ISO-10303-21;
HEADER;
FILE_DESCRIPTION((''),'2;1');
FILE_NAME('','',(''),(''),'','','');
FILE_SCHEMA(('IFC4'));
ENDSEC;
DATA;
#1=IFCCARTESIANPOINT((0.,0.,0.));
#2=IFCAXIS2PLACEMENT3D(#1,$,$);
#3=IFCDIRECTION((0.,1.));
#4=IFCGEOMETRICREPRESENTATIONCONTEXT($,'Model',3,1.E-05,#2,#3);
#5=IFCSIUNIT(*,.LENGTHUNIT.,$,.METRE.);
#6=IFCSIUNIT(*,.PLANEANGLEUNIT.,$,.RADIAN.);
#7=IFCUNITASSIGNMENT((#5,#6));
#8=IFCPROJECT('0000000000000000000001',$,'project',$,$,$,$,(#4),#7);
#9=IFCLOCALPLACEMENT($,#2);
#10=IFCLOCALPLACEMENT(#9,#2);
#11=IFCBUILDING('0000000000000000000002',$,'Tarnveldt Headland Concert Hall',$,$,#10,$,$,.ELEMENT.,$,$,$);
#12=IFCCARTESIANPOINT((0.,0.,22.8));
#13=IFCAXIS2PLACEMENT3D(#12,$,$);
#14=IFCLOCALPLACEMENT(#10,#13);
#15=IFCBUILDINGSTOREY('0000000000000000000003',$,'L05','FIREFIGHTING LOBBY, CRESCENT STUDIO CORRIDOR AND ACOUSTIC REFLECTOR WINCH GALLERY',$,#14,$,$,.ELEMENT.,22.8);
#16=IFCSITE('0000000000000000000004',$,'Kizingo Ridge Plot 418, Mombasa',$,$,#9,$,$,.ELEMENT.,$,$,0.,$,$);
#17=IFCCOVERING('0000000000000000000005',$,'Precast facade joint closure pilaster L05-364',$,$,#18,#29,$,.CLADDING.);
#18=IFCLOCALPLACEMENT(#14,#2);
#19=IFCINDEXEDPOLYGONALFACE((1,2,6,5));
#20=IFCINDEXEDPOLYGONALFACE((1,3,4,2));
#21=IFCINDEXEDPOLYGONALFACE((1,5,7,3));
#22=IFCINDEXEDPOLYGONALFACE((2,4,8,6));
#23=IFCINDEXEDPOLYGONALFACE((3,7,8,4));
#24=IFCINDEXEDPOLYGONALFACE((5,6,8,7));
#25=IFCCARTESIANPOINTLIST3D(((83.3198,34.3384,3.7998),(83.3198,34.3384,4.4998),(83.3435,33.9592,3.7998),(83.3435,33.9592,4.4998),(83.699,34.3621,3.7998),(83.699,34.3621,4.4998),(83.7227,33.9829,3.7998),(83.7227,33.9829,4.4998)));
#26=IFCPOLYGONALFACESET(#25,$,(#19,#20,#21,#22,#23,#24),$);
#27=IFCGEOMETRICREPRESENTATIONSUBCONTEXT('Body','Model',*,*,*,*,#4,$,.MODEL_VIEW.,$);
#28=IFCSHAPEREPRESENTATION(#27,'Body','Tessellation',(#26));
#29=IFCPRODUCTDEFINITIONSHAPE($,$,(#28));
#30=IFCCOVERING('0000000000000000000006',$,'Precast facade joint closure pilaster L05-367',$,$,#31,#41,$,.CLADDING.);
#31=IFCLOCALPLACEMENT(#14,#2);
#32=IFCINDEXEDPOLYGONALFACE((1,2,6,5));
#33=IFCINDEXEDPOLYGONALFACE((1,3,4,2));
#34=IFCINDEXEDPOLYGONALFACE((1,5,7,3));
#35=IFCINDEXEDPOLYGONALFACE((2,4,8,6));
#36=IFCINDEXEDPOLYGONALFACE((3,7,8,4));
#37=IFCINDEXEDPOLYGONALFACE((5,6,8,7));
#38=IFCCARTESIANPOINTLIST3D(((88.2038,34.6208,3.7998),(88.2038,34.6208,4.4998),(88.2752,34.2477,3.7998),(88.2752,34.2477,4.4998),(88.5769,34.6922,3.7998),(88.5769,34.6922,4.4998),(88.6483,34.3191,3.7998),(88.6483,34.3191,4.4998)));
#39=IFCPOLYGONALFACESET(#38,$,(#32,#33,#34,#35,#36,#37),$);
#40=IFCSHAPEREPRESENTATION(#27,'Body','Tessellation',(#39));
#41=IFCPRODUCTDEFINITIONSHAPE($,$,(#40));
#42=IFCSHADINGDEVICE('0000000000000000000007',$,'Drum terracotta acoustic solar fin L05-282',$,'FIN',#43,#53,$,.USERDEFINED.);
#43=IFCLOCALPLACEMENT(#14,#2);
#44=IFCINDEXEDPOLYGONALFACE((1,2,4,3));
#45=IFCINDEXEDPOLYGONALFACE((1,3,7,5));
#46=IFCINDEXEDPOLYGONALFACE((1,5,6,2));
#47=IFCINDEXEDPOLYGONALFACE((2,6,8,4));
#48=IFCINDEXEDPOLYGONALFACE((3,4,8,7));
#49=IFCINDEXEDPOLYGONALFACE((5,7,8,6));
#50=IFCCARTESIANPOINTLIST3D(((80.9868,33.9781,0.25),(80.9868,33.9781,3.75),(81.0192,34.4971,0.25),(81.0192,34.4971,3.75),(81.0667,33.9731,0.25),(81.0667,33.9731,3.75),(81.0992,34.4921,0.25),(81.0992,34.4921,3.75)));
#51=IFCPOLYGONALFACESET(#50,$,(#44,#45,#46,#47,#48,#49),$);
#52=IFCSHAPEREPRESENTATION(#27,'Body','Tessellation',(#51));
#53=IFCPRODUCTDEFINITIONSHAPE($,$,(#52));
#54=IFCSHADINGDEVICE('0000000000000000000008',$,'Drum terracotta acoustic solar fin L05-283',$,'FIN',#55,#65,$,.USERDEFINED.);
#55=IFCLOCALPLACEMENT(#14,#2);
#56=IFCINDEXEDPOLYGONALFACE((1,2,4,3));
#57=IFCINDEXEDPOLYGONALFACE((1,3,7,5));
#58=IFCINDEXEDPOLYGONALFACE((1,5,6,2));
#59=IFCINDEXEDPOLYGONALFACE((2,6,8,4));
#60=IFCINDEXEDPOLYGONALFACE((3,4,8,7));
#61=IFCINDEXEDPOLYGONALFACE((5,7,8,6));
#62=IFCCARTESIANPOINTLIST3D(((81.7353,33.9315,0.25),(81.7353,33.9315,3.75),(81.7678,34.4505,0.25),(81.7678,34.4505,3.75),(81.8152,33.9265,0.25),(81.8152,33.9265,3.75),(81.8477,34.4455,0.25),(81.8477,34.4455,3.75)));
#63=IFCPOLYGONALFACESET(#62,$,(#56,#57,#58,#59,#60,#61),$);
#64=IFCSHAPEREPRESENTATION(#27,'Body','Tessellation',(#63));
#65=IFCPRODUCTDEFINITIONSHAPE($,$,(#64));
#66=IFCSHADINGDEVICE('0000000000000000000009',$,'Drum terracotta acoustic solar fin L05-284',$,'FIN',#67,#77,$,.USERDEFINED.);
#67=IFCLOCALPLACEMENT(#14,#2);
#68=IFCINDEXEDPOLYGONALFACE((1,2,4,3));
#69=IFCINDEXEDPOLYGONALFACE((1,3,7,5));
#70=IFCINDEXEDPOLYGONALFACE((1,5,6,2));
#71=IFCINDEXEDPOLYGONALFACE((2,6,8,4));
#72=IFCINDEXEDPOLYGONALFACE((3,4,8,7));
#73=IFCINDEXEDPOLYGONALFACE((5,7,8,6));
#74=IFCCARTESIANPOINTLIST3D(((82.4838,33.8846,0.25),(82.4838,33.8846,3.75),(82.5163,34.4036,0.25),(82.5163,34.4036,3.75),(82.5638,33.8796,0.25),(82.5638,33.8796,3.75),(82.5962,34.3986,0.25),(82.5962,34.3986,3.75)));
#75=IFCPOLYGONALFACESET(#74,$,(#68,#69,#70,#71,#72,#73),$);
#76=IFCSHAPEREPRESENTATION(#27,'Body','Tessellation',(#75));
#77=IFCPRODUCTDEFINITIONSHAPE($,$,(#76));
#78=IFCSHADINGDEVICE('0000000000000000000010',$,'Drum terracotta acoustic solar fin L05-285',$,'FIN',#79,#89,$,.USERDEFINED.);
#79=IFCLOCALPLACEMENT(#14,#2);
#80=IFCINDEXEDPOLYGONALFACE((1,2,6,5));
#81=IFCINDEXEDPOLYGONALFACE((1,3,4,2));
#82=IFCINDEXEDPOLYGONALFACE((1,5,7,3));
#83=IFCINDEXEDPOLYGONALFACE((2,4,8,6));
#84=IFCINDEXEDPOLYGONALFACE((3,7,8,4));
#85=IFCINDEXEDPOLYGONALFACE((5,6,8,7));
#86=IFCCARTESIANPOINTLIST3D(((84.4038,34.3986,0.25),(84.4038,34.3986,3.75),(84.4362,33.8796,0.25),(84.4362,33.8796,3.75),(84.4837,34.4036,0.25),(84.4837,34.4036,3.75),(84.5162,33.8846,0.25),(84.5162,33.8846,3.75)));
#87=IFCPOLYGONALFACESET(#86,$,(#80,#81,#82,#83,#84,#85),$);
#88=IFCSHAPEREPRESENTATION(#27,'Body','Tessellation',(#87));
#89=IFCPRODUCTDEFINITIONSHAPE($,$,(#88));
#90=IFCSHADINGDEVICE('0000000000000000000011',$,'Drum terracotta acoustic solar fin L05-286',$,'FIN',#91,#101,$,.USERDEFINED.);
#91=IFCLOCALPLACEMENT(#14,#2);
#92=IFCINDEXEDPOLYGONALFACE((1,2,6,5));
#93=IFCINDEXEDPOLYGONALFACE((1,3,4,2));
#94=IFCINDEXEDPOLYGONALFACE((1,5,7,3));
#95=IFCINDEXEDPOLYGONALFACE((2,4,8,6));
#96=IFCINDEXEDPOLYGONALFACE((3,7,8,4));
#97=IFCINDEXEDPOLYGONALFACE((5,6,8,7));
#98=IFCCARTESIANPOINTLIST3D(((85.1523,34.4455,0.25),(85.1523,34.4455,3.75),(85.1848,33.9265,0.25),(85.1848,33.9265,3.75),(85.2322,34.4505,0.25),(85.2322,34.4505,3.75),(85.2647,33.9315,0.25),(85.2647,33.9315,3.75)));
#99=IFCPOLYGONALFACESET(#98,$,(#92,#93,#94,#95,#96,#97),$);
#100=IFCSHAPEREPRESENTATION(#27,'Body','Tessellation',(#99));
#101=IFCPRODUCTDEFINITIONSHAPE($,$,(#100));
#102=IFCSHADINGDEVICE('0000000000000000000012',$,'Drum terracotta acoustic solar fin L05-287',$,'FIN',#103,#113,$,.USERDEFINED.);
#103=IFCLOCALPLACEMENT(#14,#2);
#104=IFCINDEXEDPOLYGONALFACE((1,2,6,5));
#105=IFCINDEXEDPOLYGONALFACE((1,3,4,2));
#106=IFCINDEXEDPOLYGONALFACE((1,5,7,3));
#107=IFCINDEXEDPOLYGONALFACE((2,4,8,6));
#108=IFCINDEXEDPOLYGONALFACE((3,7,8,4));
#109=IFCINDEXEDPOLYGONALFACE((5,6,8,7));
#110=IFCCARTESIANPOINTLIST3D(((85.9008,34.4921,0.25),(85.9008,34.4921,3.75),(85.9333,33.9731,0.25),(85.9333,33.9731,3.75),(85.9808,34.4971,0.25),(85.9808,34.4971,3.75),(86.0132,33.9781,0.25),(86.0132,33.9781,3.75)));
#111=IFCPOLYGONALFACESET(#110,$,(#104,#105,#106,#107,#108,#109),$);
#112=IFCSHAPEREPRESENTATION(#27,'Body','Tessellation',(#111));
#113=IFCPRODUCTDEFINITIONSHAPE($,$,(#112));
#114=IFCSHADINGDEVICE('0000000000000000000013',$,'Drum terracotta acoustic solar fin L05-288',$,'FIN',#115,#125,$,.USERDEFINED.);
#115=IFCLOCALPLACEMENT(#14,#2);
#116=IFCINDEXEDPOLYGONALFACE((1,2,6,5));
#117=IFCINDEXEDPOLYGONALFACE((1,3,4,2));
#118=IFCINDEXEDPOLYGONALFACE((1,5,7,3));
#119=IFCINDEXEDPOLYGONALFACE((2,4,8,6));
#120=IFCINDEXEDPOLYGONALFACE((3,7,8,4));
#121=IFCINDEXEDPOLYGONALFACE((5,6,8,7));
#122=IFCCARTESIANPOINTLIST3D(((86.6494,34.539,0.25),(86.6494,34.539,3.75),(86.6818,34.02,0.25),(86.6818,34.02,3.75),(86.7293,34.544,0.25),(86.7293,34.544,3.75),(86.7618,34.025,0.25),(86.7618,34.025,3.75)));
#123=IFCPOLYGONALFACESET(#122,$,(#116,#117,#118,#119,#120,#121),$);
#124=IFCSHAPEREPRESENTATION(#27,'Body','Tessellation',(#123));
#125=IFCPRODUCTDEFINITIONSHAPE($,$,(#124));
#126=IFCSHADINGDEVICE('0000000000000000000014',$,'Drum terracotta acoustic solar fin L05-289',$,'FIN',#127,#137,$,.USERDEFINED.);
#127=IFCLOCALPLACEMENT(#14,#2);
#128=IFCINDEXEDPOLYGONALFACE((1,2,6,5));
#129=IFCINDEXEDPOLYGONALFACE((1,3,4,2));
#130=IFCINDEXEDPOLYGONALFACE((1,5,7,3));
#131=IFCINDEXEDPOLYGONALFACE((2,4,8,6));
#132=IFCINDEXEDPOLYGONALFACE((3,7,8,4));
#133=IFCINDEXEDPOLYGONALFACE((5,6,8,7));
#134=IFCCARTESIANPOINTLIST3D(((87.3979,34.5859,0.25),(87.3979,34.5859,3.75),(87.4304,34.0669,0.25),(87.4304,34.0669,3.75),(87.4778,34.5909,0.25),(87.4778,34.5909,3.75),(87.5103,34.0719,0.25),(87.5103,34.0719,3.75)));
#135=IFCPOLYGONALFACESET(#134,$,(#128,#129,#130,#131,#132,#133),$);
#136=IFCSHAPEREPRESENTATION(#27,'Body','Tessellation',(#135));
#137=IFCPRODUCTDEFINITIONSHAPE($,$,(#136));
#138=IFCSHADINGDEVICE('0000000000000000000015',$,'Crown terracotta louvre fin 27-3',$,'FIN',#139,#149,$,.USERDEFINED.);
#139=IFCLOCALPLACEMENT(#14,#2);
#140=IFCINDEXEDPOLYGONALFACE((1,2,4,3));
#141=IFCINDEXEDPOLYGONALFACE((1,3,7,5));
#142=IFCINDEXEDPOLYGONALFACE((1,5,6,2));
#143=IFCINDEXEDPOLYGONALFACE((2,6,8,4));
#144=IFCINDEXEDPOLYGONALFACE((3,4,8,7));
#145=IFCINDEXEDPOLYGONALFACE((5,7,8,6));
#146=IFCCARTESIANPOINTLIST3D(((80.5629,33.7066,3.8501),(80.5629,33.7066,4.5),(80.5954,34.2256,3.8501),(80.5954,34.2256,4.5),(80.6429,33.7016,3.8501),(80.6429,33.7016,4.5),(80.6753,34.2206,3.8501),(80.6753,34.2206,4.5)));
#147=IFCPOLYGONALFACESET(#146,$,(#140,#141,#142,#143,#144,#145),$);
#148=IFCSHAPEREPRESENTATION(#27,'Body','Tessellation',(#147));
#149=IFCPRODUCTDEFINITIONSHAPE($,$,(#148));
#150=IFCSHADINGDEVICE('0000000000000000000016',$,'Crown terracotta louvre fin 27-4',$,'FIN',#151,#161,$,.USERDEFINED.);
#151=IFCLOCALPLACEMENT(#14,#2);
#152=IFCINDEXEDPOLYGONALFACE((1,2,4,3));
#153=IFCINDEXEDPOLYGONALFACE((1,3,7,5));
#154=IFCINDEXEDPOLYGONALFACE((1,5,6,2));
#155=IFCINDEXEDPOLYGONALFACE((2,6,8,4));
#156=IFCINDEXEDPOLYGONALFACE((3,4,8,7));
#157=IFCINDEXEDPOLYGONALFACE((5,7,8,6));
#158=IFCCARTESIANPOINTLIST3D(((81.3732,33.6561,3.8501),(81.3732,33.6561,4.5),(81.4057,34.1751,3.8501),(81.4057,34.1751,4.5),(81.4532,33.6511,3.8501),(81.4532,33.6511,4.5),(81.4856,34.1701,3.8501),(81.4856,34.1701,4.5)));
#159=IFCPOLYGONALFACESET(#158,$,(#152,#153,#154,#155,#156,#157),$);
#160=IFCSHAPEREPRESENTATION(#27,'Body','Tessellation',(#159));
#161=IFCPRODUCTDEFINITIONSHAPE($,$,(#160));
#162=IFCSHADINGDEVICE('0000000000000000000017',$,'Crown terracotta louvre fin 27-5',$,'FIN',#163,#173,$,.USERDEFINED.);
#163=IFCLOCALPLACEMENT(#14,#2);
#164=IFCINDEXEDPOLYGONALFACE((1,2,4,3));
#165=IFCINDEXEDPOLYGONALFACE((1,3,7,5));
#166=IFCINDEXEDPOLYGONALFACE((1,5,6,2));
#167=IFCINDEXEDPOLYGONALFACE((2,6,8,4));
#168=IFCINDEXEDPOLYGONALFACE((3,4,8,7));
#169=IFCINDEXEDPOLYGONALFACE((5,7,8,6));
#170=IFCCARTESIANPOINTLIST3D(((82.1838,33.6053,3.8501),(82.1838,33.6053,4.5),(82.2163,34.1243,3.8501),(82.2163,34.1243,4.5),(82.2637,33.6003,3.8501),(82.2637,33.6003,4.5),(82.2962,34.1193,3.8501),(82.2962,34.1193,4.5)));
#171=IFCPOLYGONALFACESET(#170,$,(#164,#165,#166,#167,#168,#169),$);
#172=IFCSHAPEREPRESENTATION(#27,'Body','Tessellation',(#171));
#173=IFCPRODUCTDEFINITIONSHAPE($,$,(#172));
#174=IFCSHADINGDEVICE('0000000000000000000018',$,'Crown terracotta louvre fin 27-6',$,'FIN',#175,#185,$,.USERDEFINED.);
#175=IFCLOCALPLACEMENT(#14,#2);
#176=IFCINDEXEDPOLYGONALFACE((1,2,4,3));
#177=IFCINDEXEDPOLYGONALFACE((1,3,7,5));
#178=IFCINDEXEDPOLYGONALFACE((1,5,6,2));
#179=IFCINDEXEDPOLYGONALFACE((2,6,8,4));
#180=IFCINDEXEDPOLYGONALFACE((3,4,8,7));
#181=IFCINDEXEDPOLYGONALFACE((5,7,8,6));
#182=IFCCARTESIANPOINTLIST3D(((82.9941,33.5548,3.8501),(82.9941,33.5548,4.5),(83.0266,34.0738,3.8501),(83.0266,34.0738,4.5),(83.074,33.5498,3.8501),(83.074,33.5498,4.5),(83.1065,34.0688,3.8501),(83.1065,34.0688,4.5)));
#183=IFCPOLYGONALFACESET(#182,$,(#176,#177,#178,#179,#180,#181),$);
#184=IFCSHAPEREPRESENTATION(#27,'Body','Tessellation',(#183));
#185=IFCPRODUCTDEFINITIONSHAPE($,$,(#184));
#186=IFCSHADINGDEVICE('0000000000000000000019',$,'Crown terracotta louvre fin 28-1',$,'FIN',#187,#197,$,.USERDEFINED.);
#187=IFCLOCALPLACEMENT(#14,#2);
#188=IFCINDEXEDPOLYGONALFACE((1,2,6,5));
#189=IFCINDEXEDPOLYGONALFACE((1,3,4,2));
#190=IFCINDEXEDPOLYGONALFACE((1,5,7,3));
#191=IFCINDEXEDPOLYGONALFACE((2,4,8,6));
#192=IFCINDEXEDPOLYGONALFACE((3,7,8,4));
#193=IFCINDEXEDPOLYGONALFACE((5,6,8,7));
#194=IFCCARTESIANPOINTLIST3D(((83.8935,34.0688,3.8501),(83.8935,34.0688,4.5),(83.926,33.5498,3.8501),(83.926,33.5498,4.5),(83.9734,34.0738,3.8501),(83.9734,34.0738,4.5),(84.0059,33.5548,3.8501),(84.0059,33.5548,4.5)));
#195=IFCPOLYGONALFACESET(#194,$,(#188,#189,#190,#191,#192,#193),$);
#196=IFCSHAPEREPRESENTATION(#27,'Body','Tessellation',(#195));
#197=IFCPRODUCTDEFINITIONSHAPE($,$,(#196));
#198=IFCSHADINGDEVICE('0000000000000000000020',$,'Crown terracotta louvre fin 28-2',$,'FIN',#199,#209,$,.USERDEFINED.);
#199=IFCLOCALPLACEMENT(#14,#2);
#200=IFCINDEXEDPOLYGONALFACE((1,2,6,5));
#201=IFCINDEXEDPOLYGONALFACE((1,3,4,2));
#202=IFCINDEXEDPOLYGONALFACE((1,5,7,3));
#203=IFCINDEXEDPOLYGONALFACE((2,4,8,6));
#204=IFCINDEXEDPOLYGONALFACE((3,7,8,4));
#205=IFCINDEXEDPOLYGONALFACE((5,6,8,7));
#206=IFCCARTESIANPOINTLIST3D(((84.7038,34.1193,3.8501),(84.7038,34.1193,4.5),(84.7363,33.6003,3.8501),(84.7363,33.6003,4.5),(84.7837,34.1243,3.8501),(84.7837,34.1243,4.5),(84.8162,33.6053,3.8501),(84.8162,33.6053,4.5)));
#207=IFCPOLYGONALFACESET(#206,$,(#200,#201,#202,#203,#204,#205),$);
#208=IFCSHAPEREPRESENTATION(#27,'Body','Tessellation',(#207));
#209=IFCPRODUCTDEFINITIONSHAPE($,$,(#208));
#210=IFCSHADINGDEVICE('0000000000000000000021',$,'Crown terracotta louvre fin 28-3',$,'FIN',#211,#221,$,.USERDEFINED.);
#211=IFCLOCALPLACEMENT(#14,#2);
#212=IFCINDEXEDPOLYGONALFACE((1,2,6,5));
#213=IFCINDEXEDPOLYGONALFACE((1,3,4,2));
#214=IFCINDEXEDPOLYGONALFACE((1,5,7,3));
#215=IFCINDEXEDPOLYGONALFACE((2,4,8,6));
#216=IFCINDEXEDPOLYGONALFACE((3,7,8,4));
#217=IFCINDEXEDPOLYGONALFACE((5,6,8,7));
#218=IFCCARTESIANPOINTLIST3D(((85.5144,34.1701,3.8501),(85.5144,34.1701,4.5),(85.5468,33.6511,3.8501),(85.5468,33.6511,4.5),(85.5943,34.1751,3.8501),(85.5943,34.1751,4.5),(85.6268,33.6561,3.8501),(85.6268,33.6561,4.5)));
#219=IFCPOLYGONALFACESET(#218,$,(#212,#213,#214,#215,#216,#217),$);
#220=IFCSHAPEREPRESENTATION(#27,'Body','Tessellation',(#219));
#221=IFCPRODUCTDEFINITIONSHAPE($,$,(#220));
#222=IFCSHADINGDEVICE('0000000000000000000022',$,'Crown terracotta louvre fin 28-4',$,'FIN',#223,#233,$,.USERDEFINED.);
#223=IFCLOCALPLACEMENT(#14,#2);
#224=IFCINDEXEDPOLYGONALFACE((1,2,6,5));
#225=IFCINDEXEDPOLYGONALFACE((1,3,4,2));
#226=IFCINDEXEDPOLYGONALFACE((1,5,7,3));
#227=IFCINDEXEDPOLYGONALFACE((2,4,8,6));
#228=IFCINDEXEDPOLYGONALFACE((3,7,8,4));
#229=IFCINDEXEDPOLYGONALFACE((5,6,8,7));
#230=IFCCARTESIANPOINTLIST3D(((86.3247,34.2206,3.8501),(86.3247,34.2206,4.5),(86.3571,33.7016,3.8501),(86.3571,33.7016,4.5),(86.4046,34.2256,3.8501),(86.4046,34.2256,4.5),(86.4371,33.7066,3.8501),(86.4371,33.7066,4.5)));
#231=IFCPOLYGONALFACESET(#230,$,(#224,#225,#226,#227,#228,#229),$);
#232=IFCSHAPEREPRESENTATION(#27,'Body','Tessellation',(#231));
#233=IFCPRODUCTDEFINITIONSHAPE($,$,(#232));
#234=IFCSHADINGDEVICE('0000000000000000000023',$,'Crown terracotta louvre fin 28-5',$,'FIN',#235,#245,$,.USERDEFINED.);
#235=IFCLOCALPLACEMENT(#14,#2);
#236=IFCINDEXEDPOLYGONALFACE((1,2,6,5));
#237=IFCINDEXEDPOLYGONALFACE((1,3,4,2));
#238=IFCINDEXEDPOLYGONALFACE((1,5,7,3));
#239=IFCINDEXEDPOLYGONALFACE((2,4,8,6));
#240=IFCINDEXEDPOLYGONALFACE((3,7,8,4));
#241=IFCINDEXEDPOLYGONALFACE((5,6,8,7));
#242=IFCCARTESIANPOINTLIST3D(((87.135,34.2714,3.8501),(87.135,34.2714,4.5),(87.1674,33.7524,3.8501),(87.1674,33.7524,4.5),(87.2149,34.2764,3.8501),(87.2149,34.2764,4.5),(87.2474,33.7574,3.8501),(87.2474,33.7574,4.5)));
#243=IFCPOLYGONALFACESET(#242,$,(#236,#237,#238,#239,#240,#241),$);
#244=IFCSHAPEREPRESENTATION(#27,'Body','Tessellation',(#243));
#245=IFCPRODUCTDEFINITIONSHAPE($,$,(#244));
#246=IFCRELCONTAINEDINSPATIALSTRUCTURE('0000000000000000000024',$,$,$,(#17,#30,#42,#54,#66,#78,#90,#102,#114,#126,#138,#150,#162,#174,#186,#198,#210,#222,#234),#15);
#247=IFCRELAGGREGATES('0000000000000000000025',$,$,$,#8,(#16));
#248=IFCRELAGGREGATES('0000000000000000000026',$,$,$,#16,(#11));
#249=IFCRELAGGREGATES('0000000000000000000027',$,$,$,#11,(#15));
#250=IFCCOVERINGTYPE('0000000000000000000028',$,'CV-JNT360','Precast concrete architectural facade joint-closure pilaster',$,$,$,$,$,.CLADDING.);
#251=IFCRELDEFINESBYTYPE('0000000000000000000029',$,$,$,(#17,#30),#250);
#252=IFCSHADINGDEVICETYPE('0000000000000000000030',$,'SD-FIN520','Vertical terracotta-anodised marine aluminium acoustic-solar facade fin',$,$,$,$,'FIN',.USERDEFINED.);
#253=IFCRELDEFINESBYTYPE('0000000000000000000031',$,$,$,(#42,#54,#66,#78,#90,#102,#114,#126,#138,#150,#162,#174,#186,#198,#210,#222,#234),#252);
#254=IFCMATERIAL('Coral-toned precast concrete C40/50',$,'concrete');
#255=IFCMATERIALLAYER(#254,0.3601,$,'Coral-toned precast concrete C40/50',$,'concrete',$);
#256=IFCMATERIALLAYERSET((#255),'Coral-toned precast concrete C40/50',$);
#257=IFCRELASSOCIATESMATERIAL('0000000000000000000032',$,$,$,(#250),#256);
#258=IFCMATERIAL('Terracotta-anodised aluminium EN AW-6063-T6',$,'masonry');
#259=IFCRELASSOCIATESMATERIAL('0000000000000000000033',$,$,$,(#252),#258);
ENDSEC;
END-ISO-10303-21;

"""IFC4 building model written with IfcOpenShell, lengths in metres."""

from ifc_helpers import new_model, si_unit, direction, frame, origin, origin_2d, place, context, subcontext, project, spatial, rectangle, extrude, material, layer, layer_set, type_object, element, save


model = new_model("IFC4")

# Units and contexts
model_context = context("Model", 3, precision=1e-05, world=origin(), true_north=direction((0.0, 1.0)))
body_context = subcontext(model_context, "Body", "Model", "MODEL_VIEW")
ifc_project = project(units=[si_unit("LENGTHUNIT", "METRE"), si_unit("PLANEANGLEUNIT", "RADIAN")], contexts=[model_context])

# Site, building, storey
site_placement = place(None, origin())
site = spatial("IfcSite", under=ifc_project, at=site_placement, Name="Kizingo Ridge Plot 418, Mombasa", CompositionType="ELEMENT", RefElevation=0.0)
building_placement = place(site_placement, origin())
building = spatial("IfcBuilding", under=site, at=building_placement, Name="Tarnveldt Headland Concert Hall", CompositionType="ELEMENT")
storey_placement = place(building_placement, frame((0.0, 0.0, 22.8)))
storey = spatial("IfcBuildingStorey", under=building, at=storey_placement, Name="L05", Description="FIREFIGHTING LOBBY, CRESCENT STUDIO CORRIDOR AND ACOUSTIC REFLECTOR WINCH GALLERY", CompositionType="ELEMENT", Elevation=22.8)

# Shared definitions
ifc_material_1 = material(Name="Coral-toned precast concrete C40/50", Category="concrete")

# Coverings
ifc_layer_1 = layer(ifc_material_1, 0.3601, Name="Coral-toned precast concrete C40/50", Category="concrete")
ifc_layer_set_1 = layer_set([ifc_layer_1], Name="Coral-toned precast concrete C40/50")
covering_type = type_object("IfcCoveringType", Name="CV-JNT360", Description="Precast concrete architectural facade joint-closure pilaster", PredefinedType="CLADDING", material=ifc_layer_set_1)
for number, where, z_axis, x_axis, name in (
    (1, (83.5212, 34.1606, 3.7998), (0.0, 0.0, 1.0), (0.062442, -0.998049, 0.0), "Precast facade joint closure pilaster L05-364"),
    (2, (88.426, 34.47, 3.7998), (0.0, 0.0, 1.0), (0.187896, -0.982189, 0.0), "Precast facade joint closure pilaster L05-367"),
):
    element("IfcCovering", number, at=place(storey_placement, frame(where, z_axis=z_axis, x_axis=x_axis)), inside=storey, type_object=covering_type, Name=name, PredefinedType="CLADDING", context=body_context, shape_type="SweptSolid", body=[
        extrude(rectangle(XDim=0.3799, YDim=0.3799, at=origin_2d()), origin(), (0.0, 0.0, 1.0), 0.7),
    ])

# Shading devices
ifc_material_2 = material(Name="Terracotta-anodised aluminium EN AW-6063-T6", Category="masonry")
shading_device_type = type_object("IfcShadingDeviceType", Name="SD-FIN520", Description="Vertical terracotta-anodised marine aluminium acoustic-solar facade fin", ElementType="FIN", PredefinedType="USERDEFINED", material=ifc_material_2)
for number, where, z_axis, x_axis, name in (
    (3, (81.043, 34.2351, 0.25), (0.0, 0.0, 1.0), (-0.062442, -0.998049, 0.0), "Drum terracotta acoustic solar fin L05-282"),
    (4, (81.7915, 34.1885, 0.25), (0.0, 0.0, 1.0), (-0.062442, -0.998049, 0.0), "Drum terracotta acoustic solar fin L05-283"),
    (5, (82.54, 34.1416, 0.25), (0.0, 0.0, 1.0), (-0.062442, -0.998049, 0.0), "Drum terracotta acoustic solar fin L05-284"),
    (6, (84.46, 34.1416, 0.25), (0.0, 0.0, 1.0), (0.062442, -0.998049, 0.0), "Drum terracotta acoustic solar fin L05-285"),
    (7, (85.2085, 34.1885, 0.25), (0.0, 0.0, 1.0), (0.062442, -0.998049, 0.0), "Drum terracotta acoustic solar fin L05-286"),
    (8, (85.957, 34.2351, 0.25), (0.0, 0.0, 1.0), (0.062442, -0.998049, 0.0), "Drum terracotta acoustic solar fin L05-287"),
    (9, (86.7056, 34.282, 0.25), (0.0, 0.0, 1.0), (0.062442, -0.998049, 0.0), "Drum terracotta acoustic solar fin L05-288"),
    (10, (87.4541, 34.3289, 0.25), (0.0, 0.0, 1.0), (0.062442, -0.998049, 0.0), "Drum terracotta acoustic solar fin L05-289"),
):
    element("IfcShadingDevice", number, at=place(storey_placement, frame(where, z_axis=z_axis, x_axis=x_axis)), inside=storey, type_object=shading_device_type, Name=name, ObjectType="FIN", PredefinedType="USERDEFINED", context=body_context, shape_type="SweptSolid", body=[
        extrude(rectangle(XDim=0.52, YDim=0.0801, at=origin_2d()), origin(), (0.0, 0.0, 1.0), 3.5),
    ])
for number, where, z_axis, x_axis, name in (
    (11, (80.6191, 33.9636, 3.8501), (0.0, 0.0, 1.0), (-0.062442, -0.998049, 0.0), "Crown terracotta louvre fin 27-3"),
    (12, (81.4294, 33.9131, 3.8501), (0.0, 0.0, 1.0), (-0.062442, -0.998049, 0.0), "Crown terracotta louvre fin 27-4"),
    (13, (82.24, 33.8623, 3.8501), (0.0, 0.0, 1.0), (-0.062442, -0.998049, 0.0), "Crown terracotta louvre fin 27-5"),
    (14, (83.0503, 33.8118, 3.8501), (0.0, 0.0, 1.0), (-0.062442, -0.998049, 0.0), "Crown terracotta louvre fin 27-6"),
    (15, (83.9497, 33.8118, 3.8501), (0.0, 0.0, 1.0), (0.062442, -0.998049, 0.0), "Crown terracotta louvre fin 28-1"),
    (16, (84.76, 33.8623, 3.8501), (0.0, 0.0, 1.0), (0.062442, -0.998049, 0.0), "Crown terracotta louvre fin 28-2"),
    (17, (85.5706, 33.9131, 3.8501), (0.0, 0.0, 1.0), (0.062442, -0.998049, 0.0), "Crown terracotta louvre fin 28-3"),
    (18, (86.3809, 33.9636, 3.8501), (0.0, 0.0, 1.0), (0.062442, -0.998049, 0.0), "Crown terracotta louvre fin 28-4"),
    (19, (87.1912, 34.0144, 3.8501), (0.0, 0.0, 1.0), (0.062442, -0.998049, 0.0), "Crown terracotta louvre fin 28-5"),
):
    element("IfcShadingDevice", number, at=place(storey_placement, frame(where, z_axis=z_axis, x_axis=x_axis)), inside=storey, type_object=shading_device_type, Name=name, ObjectType="FIN", PredefinedType="USERDEFINED", context=body_context, shape_type="SweptSolid", body=[
        extrude(rectangle(XDim=0.52, YDim=0.0801, at=origin_2d()), origin(), (0.0, 0.0, 1.0), 0.6499),
    ])

save(model, "model.ifc")
